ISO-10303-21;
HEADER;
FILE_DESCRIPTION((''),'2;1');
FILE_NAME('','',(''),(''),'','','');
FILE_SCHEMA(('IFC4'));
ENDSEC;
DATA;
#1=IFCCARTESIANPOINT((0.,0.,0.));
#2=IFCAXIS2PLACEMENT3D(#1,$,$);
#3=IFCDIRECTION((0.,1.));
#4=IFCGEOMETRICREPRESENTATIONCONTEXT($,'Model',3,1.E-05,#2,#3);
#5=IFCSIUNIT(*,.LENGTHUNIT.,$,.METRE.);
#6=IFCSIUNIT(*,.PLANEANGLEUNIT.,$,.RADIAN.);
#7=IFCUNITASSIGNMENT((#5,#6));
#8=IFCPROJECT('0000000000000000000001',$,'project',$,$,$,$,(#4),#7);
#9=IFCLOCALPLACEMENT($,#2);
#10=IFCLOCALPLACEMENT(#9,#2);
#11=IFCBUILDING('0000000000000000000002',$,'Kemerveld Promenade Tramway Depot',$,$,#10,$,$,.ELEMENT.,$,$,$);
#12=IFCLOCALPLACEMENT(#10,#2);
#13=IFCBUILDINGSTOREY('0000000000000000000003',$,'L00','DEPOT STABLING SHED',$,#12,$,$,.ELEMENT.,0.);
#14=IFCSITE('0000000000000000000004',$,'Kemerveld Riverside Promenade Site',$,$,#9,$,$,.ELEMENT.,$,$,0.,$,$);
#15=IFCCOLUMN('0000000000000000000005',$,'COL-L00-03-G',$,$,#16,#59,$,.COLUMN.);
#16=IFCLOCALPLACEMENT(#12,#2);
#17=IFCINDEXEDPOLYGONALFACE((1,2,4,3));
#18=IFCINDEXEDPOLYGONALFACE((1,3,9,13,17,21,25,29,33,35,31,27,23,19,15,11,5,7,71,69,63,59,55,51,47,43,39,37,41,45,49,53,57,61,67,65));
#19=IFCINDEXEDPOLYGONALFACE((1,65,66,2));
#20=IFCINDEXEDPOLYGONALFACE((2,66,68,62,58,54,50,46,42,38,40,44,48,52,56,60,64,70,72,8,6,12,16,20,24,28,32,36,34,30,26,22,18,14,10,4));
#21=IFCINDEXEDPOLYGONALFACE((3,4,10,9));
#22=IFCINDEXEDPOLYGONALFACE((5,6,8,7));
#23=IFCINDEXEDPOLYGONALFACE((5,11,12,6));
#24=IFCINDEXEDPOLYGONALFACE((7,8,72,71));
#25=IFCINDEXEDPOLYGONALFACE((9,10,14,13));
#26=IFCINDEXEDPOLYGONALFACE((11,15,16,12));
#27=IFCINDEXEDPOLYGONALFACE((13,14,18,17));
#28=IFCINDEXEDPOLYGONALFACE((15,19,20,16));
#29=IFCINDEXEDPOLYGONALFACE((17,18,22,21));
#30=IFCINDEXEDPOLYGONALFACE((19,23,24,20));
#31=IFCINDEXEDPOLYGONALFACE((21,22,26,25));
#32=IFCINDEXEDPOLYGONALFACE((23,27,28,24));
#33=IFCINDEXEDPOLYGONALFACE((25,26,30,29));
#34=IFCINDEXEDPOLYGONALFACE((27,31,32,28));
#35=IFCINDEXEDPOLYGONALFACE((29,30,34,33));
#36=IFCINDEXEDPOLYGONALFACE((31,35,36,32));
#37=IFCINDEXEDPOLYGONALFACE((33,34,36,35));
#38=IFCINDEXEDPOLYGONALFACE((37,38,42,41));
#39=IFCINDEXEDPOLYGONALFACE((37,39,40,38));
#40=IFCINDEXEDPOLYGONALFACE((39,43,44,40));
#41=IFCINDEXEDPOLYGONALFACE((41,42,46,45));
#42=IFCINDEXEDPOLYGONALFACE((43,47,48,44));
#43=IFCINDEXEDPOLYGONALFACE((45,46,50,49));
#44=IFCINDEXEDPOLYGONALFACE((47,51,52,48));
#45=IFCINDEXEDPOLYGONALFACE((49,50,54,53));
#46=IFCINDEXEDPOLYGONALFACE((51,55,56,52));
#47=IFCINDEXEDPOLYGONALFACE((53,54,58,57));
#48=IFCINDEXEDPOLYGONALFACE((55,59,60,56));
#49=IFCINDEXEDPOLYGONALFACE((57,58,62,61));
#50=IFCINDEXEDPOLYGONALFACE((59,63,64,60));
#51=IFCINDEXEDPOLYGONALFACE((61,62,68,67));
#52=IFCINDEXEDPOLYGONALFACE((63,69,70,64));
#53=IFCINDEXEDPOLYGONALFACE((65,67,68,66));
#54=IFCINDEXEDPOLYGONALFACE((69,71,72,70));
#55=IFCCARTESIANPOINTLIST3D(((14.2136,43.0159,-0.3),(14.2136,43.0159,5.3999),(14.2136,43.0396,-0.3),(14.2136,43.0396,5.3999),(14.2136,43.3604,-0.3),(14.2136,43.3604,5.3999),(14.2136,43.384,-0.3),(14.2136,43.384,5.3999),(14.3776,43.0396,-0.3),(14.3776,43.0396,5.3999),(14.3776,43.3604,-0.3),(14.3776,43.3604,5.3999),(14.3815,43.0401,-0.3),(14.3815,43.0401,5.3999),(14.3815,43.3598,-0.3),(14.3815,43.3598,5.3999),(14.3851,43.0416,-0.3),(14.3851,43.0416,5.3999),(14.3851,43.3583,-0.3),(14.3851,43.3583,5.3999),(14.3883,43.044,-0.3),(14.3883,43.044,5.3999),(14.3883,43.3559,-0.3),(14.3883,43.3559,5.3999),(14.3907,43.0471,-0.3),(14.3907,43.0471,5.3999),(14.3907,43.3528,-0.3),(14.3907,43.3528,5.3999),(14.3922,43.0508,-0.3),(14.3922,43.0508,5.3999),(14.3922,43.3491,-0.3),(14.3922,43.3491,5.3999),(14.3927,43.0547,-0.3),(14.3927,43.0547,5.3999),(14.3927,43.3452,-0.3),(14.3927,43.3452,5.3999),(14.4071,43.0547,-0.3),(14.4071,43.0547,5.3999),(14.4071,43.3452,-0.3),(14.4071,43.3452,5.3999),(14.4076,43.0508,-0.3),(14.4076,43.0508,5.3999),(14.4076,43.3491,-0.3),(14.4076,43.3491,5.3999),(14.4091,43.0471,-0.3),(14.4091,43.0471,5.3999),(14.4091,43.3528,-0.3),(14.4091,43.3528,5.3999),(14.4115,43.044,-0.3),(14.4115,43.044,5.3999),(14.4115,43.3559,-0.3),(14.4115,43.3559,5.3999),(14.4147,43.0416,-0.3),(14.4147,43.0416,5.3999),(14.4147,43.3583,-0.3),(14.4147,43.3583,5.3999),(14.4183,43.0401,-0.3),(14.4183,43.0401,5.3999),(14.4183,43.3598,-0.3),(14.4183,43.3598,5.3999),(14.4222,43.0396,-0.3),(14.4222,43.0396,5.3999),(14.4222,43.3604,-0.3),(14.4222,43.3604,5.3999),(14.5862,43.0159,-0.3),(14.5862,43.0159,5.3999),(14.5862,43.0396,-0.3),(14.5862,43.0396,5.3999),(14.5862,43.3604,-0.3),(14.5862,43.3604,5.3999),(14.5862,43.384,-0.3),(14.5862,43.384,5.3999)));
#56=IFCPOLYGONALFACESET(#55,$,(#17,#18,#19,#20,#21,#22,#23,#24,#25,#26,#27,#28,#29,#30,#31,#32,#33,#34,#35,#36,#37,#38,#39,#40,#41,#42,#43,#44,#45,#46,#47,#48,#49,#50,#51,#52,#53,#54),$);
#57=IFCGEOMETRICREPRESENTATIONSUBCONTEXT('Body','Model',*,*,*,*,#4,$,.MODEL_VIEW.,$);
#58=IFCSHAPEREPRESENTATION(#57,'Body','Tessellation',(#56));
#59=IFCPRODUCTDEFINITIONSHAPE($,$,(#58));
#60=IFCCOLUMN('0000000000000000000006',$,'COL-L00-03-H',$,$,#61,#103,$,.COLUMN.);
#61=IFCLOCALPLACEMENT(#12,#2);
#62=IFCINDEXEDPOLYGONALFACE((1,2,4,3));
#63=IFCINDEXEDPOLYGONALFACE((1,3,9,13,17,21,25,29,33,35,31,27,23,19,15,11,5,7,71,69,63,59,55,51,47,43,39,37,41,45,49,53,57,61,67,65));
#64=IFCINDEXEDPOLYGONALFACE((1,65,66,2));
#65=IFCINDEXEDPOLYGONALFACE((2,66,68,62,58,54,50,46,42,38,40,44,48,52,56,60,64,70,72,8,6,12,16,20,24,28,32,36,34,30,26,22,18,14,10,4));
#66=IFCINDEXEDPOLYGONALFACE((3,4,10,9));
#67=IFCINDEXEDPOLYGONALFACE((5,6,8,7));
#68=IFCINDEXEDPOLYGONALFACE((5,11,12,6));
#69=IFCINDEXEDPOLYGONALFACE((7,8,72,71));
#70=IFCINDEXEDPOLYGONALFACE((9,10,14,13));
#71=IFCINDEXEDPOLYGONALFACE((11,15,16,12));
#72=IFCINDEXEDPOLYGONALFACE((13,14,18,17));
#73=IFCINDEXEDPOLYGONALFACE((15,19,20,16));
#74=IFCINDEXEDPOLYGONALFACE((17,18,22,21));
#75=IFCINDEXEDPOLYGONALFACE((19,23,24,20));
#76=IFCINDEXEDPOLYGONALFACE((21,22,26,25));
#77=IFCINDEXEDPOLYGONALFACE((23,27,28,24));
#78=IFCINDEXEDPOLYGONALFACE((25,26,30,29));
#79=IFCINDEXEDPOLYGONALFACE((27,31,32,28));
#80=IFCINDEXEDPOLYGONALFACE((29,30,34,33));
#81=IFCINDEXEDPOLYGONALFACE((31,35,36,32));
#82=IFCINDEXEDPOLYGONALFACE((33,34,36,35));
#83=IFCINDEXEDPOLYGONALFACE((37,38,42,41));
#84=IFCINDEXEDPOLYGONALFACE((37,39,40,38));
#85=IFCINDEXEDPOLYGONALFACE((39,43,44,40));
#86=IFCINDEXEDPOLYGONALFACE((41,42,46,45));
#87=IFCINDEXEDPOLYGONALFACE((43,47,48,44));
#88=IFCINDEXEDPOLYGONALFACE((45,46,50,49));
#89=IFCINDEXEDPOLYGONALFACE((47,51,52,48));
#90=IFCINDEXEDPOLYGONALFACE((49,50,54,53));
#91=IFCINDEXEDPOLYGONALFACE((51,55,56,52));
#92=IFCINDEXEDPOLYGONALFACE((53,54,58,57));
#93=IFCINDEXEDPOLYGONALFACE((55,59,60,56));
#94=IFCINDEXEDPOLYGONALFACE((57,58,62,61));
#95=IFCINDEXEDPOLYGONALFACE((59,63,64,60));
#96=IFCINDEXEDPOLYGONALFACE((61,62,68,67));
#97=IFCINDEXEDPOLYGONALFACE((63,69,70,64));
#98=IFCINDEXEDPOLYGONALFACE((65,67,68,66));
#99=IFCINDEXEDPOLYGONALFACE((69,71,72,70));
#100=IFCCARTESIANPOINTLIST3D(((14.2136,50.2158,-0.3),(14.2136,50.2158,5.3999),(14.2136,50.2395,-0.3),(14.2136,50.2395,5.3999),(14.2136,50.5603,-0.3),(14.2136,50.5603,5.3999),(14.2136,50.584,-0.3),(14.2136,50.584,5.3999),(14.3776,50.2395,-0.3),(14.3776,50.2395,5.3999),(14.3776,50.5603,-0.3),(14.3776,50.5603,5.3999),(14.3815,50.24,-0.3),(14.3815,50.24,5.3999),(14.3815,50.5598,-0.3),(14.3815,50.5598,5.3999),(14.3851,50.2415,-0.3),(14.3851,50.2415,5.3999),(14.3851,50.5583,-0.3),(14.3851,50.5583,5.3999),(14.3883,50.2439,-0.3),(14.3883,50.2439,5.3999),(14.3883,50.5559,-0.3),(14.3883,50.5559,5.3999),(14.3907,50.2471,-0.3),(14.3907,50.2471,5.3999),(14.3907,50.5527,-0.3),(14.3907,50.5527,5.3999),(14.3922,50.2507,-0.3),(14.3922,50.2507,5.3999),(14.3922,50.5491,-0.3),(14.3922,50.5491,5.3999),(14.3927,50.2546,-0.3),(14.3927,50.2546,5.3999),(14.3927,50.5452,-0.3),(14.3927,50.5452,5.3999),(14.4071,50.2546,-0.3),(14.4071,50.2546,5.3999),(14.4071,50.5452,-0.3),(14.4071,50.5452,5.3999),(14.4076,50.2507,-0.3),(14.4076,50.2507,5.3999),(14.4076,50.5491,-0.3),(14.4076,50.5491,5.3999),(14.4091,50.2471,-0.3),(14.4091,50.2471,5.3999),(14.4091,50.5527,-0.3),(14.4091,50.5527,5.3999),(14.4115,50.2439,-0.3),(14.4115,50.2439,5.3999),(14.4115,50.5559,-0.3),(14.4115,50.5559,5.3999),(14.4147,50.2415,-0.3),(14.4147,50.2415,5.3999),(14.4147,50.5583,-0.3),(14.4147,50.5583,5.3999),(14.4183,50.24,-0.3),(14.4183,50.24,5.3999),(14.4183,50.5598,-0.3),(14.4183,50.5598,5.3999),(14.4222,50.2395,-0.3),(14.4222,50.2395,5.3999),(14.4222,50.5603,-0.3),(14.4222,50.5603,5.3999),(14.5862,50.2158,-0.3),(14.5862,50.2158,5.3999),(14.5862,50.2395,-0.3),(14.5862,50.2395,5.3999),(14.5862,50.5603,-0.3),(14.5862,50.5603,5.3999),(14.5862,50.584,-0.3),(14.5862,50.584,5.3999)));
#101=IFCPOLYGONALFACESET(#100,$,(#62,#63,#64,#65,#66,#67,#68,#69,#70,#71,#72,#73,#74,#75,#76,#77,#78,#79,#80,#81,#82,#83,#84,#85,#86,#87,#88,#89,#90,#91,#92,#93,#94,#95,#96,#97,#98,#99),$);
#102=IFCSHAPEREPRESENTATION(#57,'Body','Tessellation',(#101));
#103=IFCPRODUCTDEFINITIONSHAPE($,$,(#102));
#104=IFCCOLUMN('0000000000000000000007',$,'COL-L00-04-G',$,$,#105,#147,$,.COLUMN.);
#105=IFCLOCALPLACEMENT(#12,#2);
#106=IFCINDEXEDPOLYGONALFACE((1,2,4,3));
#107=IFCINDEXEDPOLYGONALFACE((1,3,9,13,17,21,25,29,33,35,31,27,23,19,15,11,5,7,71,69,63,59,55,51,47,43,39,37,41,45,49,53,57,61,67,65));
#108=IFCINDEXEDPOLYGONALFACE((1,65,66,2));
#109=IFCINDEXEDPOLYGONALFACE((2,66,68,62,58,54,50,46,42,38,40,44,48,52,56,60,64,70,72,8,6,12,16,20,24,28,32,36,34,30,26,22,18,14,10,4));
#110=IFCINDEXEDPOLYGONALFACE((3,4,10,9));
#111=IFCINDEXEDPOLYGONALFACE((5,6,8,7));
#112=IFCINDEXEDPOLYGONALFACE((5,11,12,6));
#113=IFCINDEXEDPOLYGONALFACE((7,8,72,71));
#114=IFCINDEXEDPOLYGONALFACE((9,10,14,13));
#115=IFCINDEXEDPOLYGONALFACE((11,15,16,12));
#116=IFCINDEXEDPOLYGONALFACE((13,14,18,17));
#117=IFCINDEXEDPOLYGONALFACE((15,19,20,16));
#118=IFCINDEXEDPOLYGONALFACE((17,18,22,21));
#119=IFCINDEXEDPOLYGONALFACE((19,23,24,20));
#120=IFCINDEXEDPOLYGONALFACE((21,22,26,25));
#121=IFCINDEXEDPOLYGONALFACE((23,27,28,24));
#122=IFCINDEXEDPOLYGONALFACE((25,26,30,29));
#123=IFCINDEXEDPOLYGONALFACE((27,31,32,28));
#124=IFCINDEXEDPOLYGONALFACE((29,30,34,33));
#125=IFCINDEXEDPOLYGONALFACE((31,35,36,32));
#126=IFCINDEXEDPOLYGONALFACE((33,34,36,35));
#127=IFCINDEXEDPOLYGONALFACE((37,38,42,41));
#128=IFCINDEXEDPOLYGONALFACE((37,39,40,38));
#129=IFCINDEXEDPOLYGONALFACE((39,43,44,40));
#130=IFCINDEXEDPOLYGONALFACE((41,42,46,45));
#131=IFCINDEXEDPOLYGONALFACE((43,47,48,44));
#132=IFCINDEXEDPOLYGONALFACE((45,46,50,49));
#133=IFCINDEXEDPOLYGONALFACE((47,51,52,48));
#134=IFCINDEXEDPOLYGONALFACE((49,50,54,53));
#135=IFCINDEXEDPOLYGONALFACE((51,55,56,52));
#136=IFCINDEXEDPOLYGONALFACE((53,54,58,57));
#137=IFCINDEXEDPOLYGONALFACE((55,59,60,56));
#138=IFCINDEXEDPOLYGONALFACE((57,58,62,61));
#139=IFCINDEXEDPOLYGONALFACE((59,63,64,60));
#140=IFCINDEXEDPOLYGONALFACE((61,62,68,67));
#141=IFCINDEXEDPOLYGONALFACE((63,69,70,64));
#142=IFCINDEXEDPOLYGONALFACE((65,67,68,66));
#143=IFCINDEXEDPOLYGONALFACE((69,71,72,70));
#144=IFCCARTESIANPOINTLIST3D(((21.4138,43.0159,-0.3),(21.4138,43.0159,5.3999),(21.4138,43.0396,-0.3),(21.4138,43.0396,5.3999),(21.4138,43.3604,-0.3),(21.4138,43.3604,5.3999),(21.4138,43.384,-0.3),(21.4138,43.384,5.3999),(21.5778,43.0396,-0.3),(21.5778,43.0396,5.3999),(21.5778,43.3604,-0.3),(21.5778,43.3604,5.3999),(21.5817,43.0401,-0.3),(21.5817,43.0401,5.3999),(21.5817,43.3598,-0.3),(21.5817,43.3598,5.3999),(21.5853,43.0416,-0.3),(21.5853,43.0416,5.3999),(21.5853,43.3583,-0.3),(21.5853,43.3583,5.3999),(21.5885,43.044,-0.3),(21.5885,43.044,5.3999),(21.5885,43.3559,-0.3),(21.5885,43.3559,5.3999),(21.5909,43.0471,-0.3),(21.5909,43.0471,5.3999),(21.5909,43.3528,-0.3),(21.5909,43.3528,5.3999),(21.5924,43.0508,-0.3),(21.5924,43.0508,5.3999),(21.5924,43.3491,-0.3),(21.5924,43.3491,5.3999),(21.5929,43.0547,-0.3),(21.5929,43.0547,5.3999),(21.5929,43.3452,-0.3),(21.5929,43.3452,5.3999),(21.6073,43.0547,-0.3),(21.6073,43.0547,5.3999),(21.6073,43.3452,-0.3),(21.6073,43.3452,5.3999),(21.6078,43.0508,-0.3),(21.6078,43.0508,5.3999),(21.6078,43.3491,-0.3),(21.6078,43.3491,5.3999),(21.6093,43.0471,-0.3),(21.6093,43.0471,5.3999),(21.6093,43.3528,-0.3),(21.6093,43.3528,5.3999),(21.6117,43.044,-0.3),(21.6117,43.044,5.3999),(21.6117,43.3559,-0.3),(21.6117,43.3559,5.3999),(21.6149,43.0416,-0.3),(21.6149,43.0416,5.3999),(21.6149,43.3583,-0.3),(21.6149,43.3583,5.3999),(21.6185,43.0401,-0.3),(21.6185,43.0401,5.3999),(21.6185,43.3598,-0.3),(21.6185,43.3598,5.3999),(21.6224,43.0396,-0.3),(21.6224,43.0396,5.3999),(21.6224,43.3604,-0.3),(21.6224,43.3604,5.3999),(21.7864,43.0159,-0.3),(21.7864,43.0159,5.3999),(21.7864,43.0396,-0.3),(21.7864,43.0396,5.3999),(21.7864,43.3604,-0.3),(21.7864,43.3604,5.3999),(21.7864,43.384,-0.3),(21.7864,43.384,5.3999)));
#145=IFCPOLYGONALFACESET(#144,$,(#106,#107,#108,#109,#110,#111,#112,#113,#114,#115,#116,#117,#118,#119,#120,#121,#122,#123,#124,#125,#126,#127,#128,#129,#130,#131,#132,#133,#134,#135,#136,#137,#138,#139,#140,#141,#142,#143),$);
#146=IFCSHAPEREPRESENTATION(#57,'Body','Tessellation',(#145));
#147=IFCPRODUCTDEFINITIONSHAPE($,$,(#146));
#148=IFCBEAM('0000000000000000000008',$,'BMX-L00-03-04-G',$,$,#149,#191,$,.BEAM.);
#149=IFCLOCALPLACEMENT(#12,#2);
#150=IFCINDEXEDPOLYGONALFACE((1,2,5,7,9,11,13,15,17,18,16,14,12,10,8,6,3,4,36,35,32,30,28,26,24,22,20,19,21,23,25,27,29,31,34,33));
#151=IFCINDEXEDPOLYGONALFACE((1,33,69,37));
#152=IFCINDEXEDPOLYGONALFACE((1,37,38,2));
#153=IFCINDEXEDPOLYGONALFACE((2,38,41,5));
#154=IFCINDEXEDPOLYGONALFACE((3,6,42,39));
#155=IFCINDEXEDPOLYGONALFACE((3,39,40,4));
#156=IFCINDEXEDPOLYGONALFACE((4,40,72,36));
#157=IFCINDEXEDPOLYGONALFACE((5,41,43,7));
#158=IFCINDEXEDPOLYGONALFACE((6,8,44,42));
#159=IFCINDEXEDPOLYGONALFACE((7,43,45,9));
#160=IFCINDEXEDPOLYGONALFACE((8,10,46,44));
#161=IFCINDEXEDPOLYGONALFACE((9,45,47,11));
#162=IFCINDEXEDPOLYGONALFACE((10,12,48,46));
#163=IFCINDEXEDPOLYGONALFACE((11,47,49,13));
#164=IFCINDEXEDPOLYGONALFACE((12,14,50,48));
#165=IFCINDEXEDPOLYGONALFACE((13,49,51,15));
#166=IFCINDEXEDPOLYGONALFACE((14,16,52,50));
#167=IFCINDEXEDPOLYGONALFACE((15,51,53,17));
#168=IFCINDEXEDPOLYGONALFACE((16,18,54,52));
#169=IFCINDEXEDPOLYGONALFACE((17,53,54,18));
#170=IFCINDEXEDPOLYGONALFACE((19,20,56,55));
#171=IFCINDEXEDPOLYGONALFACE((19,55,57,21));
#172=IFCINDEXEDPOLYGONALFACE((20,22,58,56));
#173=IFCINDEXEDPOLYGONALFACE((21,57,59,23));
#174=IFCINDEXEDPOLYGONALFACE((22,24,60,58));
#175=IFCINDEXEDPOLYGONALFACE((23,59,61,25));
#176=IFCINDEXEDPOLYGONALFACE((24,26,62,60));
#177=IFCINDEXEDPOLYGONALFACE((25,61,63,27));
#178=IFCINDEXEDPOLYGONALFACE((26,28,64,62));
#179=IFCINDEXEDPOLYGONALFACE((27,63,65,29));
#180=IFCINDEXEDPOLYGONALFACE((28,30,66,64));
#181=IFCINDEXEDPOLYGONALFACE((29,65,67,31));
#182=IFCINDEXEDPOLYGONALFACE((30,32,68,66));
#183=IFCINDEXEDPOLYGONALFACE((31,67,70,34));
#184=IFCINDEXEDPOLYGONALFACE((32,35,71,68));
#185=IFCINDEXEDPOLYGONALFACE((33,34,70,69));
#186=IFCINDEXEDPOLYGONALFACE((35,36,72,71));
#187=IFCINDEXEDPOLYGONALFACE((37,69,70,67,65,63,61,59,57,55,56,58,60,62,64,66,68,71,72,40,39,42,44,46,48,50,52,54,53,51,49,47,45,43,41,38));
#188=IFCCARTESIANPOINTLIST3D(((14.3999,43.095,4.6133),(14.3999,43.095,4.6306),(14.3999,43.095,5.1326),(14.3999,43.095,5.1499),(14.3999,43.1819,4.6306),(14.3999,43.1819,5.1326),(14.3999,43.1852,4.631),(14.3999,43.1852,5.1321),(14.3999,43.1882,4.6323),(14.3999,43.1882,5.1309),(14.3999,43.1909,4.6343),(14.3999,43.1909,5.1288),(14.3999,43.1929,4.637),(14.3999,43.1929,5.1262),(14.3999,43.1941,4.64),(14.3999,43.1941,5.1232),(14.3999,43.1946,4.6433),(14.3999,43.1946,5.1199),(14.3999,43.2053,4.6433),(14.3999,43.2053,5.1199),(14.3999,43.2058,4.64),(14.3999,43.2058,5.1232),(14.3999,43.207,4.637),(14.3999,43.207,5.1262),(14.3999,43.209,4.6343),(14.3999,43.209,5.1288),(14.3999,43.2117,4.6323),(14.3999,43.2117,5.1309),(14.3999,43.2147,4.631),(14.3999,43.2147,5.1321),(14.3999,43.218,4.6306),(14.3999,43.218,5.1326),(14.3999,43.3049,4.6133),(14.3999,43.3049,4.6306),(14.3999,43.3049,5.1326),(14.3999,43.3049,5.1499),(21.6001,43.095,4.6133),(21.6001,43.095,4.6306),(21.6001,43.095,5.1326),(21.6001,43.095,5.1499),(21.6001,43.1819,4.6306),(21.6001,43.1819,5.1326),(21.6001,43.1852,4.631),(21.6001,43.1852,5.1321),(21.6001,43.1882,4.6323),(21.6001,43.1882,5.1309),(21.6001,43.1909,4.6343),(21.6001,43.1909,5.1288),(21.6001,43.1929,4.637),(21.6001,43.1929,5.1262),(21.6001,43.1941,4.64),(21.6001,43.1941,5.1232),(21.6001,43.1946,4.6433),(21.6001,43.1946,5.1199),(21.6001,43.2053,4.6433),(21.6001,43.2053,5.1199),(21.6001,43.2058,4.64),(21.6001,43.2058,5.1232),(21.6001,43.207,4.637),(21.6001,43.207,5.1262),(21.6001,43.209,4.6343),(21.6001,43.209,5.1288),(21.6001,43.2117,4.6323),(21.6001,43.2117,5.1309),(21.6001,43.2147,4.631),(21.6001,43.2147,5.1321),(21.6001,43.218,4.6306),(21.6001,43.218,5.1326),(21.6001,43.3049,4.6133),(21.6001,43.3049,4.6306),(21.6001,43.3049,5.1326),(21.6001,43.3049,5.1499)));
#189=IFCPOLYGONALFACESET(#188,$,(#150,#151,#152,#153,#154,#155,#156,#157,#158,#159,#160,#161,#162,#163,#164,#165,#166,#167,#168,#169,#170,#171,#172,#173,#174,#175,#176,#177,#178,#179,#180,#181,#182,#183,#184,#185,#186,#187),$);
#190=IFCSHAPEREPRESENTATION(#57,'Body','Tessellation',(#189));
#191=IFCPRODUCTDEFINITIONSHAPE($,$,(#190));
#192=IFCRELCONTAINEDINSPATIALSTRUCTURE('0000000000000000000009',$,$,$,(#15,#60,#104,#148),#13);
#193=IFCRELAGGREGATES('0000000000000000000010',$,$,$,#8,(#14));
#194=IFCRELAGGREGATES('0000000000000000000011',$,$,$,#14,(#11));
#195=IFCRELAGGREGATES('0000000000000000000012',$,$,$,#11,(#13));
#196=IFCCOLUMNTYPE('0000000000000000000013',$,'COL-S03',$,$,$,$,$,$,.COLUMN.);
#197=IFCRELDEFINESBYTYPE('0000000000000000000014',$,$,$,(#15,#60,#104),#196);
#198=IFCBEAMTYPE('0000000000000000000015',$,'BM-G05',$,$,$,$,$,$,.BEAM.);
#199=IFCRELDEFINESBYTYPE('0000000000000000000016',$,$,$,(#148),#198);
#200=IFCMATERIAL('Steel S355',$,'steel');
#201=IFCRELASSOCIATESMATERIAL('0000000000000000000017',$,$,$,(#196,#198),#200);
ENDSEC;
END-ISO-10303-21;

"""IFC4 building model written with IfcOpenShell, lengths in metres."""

from ifc_helpers import new_model, si_unit, direction, frame, origin, origin_2d, place, context, subcontext, project, spatial, i_section, extrude, material, material_profile, profile_set, type_object, element, save


model = new_model("IFC4")

# Units and contexts
model_context = context("Model", 3, precision=1e-05, world=origin(), true_north=direction((0.0, 1.0)))
body_context = subcontext(model_context, "Body", "Model", "MODEL_VIEW")
ifc_project = project(units=[si_unit("LENGTHUNIT", "METRE"), si_unit("PLANEANGLEUNIT", "RADIAN")], contexts=[model_context])

# Site, building, storey
site_placement = place(None, origin())
site = spatial("IfcSite", under=ifc_project, at=site_placement, Name="Kemerveld Riverside Promenade Site", CompositionType="ELEMENT", RefElevation=0.0)
building_placement = place(site_placement, origin())
building = spatial("IfcBuilding", under=site, at=building_placement, Name="Kemerveld Promenade Tramway Depot", CompositionType="ELEMENT")
storey_placement = place(building_placement, origin())
storey = spatial("IfcBuildingStorey", under=building, at=storey_placement, Name="L00", Description="DEPOT STABLING SHED", CompositionType="ELEMENT", Elevation=0.0)

# Columns
ifc_material_1 = material(Name="Steel S355", Category="steel")
ifc_material_profile_1 = material_profile(ifc_material_1, i_section(OverallWidth=0.3726, OverallDepth=0.3682, WebThickness=0.0144, FlangeThickness=0.0237, FilletRadius=0.0151, at=origin_2d()), Name="356x368x177 UC")
ifc_profile_set_1 = profile_set([ifc_material_profile_1], Name="Steel S355")
column_type = type_object("IfcColumnType", Name="COL-S03", PredefinedType="COLUMN", material=ifc_profile_set_1)
for number, where, z_axis, x_axis, name in (
    (1, (14.3999, 43.2, -0.3), (0.0, 0.0, 1.0), (1.0, 0.0, 0.0), "COL-L00-03-G"),
    (2, (14.3999, 50.3999, -0.3), (0.0, 0.0, 1.0), (1.0, 0.0, 0.0), "COL-L00-03-H"),
    (3, (21.6001, 43.2, -0.3), (0.0, 0.0, 1.0), (1.0, 0.0, 0.0), "COL-L00-04-G"),
):
    element("IfcColumn", number, at=place(storey_placement, frame(where, z_axis=z_axis, x_axis=x_axis)), inside=storey, type_object=column_type, Name=name, PredefinedType="COLUMN", context=body_context, shape_type="SweptSolid", body=[
        extrude(i_section(OverallWidth=0.3726, OverallDepth=0.3682, WebThickness=0.0144, FlangeThickness=0.0237, FilletRadius=0.0151, at=origin_2d()), origin(), (0.0, 0.0, 1.0), 5.7),
    ])

# Beam
ifc_material_profile_2 = material_profile(ifc_material_1, i_section(OverallWidth=0.21, OverallDepth=0.5366, WebThickness=0.0107, FlangeThickness=0.0173, FilletRadius=0.0127, at=origin_2d()), Name="533x210x101 UB")
ifc_profile_set_2 = profile_set([ifc_material_profile_2], Name="Steel S355")
beam_type_1 = type_object("IfcBeamType", Name="BM-G05", PredefinedType="BEAM", material=ifc_profile_set_2)
beam_1_placement = place(storey_placement, frame((14.3999, 43.2, 4.8816), z_axis=(1.0, 0.0, 0.0), x_axis=(0.0, 1.0, 0.0)))
element("IfcBeam", 4, at=beam_1_placement, inside=storey, type_object=beam_type_1, Name="BMX-L00-03-04-G", PredefinedType="BEAM", context=body_context, shape_type="SweptSolid", body=[
    extrude(i_section(OverallWidth=0.21, OverallDepth=0.5366, WebThickness=0.0107, FlangeThickness=0.0173, FilletRadius=0.0127, at=origin_2d()), origin(), (0.0, 0.0, 1.0), 7.2002),
])

save(model, "model.ifc")
